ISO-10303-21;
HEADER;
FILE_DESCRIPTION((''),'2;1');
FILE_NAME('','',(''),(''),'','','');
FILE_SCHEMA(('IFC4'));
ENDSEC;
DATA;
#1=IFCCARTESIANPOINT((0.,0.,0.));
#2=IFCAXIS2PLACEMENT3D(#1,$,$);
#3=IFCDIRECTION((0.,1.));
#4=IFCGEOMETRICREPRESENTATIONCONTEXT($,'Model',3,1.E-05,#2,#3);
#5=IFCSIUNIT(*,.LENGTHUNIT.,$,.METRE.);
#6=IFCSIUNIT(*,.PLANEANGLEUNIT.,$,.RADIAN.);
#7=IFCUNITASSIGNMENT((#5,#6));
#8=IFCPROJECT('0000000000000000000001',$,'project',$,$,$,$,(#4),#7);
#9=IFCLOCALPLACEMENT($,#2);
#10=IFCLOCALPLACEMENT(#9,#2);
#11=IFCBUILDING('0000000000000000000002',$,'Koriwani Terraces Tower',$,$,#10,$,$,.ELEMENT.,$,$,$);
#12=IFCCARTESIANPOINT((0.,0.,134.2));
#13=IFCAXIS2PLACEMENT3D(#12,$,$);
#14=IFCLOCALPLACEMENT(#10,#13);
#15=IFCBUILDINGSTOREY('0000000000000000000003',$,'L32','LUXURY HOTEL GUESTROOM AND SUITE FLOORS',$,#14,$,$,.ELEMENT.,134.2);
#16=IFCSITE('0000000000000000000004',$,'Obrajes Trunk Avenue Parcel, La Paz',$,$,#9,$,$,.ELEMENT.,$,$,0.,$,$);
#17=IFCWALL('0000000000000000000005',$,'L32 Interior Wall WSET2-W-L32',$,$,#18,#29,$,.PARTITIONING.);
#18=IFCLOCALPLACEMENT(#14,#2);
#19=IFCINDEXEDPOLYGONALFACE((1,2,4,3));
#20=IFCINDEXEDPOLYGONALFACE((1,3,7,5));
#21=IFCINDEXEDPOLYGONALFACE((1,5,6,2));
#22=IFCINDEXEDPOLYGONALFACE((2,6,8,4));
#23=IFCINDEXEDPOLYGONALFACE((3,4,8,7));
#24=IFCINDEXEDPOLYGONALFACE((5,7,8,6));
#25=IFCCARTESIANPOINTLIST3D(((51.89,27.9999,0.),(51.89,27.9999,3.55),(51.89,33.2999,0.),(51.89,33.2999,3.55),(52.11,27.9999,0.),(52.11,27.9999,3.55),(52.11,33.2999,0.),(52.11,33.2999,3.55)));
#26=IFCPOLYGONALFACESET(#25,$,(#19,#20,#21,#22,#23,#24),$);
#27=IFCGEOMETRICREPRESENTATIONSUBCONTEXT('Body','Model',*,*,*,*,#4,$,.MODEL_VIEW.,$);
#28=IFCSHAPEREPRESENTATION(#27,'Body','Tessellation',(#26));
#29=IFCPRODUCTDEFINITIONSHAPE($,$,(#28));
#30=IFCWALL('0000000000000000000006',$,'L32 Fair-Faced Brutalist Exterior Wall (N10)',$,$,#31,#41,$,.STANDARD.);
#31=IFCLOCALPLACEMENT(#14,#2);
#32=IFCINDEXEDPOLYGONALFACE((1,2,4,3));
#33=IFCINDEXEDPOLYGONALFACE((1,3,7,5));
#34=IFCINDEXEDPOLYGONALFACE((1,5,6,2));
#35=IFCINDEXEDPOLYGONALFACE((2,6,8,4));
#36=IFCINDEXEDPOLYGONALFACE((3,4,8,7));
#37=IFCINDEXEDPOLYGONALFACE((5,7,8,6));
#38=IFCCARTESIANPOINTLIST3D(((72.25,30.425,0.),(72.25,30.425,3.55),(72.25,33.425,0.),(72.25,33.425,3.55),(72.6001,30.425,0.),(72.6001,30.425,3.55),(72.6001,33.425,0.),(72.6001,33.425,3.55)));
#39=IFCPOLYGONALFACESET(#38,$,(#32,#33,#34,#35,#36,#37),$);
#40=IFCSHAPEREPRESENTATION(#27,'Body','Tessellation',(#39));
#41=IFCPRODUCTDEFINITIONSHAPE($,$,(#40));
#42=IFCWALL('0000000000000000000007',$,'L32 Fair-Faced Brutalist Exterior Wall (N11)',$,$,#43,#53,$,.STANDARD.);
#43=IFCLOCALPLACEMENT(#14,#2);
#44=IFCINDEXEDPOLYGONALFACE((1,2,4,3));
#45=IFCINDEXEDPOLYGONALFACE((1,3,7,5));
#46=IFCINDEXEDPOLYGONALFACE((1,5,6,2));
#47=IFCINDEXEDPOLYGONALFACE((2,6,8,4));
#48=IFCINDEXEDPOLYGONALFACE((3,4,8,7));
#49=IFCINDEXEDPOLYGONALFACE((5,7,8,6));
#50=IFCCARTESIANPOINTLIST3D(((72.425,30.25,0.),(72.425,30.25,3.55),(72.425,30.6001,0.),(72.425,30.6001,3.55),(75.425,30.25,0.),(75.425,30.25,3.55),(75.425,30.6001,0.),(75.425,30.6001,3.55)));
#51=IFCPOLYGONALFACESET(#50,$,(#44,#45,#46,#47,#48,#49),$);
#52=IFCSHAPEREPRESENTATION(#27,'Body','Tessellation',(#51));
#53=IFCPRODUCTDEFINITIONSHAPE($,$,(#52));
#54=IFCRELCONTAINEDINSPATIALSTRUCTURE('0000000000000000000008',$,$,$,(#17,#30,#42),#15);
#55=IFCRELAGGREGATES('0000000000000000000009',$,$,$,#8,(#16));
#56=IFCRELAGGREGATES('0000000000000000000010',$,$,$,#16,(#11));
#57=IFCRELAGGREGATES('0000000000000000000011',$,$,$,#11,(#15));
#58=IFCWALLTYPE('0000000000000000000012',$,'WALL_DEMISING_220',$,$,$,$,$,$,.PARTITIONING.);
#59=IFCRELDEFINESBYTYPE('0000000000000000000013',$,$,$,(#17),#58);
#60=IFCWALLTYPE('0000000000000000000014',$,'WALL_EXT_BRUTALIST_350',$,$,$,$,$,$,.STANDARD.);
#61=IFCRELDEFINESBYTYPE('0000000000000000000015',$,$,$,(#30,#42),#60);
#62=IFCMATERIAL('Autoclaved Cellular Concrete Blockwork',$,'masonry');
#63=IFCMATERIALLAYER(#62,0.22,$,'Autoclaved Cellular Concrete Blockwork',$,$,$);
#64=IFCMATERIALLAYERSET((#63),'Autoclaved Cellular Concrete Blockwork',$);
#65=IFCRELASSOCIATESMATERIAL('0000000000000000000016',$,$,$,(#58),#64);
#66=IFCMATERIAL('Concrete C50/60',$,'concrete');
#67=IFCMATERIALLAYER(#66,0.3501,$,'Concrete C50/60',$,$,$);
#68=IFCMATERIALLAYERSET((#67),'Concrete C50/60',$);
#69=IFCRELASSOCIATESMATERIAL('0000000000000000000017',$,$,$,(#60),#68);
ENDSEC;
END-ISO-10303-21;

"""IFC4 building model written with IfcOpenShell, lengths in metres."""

from ifc_helpers import new_model, si_unit, direction, frame, frame_2d, origin, place, context, subcontext, project, spatial, rectangle, extrude, material, layer, layer_set, type_object, element, save


model = new_model("IFC4")

# Units and contexts
model_context = context("Model", 3, precision=1e-05, world=origin(), true_north=direction((0.0, 1.0)))
body_context = subcontext(model_context, "Body", "Model", "MODEL_VIEW")
ifc_project = project(units=[si_unit("LENGTHUNIT", "METRE"), si_unit("PLANEANGLEUNIT", "RADIAN")], contexts=[model_context])

# Site, building, storey
site_placement = place(None, origin())
site = spatial("IfcSite", under=ifc_project, at=site_placement, Name="Obrajes Trunk Avenue Parcel, La Paz", CompositionType="ELEMENT", RefElevation=0.0)
building_placement = place(site_placement, origin())
building = spatial("IfcBuilding", under=site, at=building_placement, Name="Koriwani Terraces Tower", CompositionType="ELEMENT")
storey_placement = place(building_placement, frame((0.0, 0.0, 134.2)))
storey = spatial("IfcBuildingStorey", under=building, at=storey_placement, Name="L32", Description="LUXURY HOTEL GUESTROOM AND SUITE FLOORS", CompositionType="ELEMENT", Elevation=134.2)

# Shared definitions
ifc_material_1 = material(Name="Concrete C50/60", Category="concrete")

# Shared definitions
ifc_material_2 = material(Name="Autoclaved Cellular Concrete Blockwork", Category="masonry")

# Walls
ifc_layer_1 = layer(ifc_material_2, 0.22, Name="Autoclaved Cellular Concrete Blockwork")
ifc_layer_set_1 = layer_set([ifc_layer_1], Name="Autoclaved Cellular Concrete Blockwork")
wall_type_1 = type_object("IfcWallType", Name="WALL_DEMISING_220", PredefinedType="PARTITIONING", material=ifc_layer_set_1)
wall_1_placement = place(storey_placement, frame((52.0, 28.0, 0.0), z_axis=(0.0, 0.0, 1.0), x_axis=(0.0, 1.0, 0.0)))
element("IfcWall", 1, at=wall_1_placement, inside=storey, type_object=wall_type_1, Name="L32 Interior Wall WSET2-W-L32", PredefinedType="PARTITIONING", context=body_context, shape_type="SweptSolid", body=[
    extrude(rectangle(XDim=5.3, YDim=0.22, at=frame_2d((2.6499, 0.0))), origin(), (0.0, 0.0, 1.0), 3.55),
])
ifc_layer_2 = layer(ifc_material_1, 0.3501, Name="Concrete C50/60")
ifc_layer_set_2 = layer_set([ifc_layer_2], Name="Concrete C50/60")
wall_type_2 = type_object("IfcWallType", Name="WALL_EXT_BRUTALIST_350", PredefinedType="STANDARD", material=ifc_layer_set_2)
for number, where, z_axis, x_axis, name in (
    (2, (72.425, 33.425, 0.0), (0.0, 0.0, 1.0), (0.0, -1.0, 0.0), "L32 Fair-Faced Brutalist Exterior Wall (N10)"),
    (3, (72.425, 30.425, 0.0), (0.0, 0.0, 1.0), (1.0, 0.0, 0.0), "L32 Fair-Faced Brutalist Exterior Wall (N11)"),
):
    element("IfcWall", number, at=place(storey_placement, frame(where, z_axis=z_axis, x_axis=x_axis)), inside=storey, type_object=wall_type_2, Name=name, PredefinedType="STANDARD", context=body_context, shape_type="SweptSolid", body=[
        extrude(rectangle(XDim=3.0, YDim=0.3501, at=frame_2d((1.5, 0.0))), origin(), (0.0, 0.0, 1.0), 3.55),
    ])

save(model, "model.ifc")
